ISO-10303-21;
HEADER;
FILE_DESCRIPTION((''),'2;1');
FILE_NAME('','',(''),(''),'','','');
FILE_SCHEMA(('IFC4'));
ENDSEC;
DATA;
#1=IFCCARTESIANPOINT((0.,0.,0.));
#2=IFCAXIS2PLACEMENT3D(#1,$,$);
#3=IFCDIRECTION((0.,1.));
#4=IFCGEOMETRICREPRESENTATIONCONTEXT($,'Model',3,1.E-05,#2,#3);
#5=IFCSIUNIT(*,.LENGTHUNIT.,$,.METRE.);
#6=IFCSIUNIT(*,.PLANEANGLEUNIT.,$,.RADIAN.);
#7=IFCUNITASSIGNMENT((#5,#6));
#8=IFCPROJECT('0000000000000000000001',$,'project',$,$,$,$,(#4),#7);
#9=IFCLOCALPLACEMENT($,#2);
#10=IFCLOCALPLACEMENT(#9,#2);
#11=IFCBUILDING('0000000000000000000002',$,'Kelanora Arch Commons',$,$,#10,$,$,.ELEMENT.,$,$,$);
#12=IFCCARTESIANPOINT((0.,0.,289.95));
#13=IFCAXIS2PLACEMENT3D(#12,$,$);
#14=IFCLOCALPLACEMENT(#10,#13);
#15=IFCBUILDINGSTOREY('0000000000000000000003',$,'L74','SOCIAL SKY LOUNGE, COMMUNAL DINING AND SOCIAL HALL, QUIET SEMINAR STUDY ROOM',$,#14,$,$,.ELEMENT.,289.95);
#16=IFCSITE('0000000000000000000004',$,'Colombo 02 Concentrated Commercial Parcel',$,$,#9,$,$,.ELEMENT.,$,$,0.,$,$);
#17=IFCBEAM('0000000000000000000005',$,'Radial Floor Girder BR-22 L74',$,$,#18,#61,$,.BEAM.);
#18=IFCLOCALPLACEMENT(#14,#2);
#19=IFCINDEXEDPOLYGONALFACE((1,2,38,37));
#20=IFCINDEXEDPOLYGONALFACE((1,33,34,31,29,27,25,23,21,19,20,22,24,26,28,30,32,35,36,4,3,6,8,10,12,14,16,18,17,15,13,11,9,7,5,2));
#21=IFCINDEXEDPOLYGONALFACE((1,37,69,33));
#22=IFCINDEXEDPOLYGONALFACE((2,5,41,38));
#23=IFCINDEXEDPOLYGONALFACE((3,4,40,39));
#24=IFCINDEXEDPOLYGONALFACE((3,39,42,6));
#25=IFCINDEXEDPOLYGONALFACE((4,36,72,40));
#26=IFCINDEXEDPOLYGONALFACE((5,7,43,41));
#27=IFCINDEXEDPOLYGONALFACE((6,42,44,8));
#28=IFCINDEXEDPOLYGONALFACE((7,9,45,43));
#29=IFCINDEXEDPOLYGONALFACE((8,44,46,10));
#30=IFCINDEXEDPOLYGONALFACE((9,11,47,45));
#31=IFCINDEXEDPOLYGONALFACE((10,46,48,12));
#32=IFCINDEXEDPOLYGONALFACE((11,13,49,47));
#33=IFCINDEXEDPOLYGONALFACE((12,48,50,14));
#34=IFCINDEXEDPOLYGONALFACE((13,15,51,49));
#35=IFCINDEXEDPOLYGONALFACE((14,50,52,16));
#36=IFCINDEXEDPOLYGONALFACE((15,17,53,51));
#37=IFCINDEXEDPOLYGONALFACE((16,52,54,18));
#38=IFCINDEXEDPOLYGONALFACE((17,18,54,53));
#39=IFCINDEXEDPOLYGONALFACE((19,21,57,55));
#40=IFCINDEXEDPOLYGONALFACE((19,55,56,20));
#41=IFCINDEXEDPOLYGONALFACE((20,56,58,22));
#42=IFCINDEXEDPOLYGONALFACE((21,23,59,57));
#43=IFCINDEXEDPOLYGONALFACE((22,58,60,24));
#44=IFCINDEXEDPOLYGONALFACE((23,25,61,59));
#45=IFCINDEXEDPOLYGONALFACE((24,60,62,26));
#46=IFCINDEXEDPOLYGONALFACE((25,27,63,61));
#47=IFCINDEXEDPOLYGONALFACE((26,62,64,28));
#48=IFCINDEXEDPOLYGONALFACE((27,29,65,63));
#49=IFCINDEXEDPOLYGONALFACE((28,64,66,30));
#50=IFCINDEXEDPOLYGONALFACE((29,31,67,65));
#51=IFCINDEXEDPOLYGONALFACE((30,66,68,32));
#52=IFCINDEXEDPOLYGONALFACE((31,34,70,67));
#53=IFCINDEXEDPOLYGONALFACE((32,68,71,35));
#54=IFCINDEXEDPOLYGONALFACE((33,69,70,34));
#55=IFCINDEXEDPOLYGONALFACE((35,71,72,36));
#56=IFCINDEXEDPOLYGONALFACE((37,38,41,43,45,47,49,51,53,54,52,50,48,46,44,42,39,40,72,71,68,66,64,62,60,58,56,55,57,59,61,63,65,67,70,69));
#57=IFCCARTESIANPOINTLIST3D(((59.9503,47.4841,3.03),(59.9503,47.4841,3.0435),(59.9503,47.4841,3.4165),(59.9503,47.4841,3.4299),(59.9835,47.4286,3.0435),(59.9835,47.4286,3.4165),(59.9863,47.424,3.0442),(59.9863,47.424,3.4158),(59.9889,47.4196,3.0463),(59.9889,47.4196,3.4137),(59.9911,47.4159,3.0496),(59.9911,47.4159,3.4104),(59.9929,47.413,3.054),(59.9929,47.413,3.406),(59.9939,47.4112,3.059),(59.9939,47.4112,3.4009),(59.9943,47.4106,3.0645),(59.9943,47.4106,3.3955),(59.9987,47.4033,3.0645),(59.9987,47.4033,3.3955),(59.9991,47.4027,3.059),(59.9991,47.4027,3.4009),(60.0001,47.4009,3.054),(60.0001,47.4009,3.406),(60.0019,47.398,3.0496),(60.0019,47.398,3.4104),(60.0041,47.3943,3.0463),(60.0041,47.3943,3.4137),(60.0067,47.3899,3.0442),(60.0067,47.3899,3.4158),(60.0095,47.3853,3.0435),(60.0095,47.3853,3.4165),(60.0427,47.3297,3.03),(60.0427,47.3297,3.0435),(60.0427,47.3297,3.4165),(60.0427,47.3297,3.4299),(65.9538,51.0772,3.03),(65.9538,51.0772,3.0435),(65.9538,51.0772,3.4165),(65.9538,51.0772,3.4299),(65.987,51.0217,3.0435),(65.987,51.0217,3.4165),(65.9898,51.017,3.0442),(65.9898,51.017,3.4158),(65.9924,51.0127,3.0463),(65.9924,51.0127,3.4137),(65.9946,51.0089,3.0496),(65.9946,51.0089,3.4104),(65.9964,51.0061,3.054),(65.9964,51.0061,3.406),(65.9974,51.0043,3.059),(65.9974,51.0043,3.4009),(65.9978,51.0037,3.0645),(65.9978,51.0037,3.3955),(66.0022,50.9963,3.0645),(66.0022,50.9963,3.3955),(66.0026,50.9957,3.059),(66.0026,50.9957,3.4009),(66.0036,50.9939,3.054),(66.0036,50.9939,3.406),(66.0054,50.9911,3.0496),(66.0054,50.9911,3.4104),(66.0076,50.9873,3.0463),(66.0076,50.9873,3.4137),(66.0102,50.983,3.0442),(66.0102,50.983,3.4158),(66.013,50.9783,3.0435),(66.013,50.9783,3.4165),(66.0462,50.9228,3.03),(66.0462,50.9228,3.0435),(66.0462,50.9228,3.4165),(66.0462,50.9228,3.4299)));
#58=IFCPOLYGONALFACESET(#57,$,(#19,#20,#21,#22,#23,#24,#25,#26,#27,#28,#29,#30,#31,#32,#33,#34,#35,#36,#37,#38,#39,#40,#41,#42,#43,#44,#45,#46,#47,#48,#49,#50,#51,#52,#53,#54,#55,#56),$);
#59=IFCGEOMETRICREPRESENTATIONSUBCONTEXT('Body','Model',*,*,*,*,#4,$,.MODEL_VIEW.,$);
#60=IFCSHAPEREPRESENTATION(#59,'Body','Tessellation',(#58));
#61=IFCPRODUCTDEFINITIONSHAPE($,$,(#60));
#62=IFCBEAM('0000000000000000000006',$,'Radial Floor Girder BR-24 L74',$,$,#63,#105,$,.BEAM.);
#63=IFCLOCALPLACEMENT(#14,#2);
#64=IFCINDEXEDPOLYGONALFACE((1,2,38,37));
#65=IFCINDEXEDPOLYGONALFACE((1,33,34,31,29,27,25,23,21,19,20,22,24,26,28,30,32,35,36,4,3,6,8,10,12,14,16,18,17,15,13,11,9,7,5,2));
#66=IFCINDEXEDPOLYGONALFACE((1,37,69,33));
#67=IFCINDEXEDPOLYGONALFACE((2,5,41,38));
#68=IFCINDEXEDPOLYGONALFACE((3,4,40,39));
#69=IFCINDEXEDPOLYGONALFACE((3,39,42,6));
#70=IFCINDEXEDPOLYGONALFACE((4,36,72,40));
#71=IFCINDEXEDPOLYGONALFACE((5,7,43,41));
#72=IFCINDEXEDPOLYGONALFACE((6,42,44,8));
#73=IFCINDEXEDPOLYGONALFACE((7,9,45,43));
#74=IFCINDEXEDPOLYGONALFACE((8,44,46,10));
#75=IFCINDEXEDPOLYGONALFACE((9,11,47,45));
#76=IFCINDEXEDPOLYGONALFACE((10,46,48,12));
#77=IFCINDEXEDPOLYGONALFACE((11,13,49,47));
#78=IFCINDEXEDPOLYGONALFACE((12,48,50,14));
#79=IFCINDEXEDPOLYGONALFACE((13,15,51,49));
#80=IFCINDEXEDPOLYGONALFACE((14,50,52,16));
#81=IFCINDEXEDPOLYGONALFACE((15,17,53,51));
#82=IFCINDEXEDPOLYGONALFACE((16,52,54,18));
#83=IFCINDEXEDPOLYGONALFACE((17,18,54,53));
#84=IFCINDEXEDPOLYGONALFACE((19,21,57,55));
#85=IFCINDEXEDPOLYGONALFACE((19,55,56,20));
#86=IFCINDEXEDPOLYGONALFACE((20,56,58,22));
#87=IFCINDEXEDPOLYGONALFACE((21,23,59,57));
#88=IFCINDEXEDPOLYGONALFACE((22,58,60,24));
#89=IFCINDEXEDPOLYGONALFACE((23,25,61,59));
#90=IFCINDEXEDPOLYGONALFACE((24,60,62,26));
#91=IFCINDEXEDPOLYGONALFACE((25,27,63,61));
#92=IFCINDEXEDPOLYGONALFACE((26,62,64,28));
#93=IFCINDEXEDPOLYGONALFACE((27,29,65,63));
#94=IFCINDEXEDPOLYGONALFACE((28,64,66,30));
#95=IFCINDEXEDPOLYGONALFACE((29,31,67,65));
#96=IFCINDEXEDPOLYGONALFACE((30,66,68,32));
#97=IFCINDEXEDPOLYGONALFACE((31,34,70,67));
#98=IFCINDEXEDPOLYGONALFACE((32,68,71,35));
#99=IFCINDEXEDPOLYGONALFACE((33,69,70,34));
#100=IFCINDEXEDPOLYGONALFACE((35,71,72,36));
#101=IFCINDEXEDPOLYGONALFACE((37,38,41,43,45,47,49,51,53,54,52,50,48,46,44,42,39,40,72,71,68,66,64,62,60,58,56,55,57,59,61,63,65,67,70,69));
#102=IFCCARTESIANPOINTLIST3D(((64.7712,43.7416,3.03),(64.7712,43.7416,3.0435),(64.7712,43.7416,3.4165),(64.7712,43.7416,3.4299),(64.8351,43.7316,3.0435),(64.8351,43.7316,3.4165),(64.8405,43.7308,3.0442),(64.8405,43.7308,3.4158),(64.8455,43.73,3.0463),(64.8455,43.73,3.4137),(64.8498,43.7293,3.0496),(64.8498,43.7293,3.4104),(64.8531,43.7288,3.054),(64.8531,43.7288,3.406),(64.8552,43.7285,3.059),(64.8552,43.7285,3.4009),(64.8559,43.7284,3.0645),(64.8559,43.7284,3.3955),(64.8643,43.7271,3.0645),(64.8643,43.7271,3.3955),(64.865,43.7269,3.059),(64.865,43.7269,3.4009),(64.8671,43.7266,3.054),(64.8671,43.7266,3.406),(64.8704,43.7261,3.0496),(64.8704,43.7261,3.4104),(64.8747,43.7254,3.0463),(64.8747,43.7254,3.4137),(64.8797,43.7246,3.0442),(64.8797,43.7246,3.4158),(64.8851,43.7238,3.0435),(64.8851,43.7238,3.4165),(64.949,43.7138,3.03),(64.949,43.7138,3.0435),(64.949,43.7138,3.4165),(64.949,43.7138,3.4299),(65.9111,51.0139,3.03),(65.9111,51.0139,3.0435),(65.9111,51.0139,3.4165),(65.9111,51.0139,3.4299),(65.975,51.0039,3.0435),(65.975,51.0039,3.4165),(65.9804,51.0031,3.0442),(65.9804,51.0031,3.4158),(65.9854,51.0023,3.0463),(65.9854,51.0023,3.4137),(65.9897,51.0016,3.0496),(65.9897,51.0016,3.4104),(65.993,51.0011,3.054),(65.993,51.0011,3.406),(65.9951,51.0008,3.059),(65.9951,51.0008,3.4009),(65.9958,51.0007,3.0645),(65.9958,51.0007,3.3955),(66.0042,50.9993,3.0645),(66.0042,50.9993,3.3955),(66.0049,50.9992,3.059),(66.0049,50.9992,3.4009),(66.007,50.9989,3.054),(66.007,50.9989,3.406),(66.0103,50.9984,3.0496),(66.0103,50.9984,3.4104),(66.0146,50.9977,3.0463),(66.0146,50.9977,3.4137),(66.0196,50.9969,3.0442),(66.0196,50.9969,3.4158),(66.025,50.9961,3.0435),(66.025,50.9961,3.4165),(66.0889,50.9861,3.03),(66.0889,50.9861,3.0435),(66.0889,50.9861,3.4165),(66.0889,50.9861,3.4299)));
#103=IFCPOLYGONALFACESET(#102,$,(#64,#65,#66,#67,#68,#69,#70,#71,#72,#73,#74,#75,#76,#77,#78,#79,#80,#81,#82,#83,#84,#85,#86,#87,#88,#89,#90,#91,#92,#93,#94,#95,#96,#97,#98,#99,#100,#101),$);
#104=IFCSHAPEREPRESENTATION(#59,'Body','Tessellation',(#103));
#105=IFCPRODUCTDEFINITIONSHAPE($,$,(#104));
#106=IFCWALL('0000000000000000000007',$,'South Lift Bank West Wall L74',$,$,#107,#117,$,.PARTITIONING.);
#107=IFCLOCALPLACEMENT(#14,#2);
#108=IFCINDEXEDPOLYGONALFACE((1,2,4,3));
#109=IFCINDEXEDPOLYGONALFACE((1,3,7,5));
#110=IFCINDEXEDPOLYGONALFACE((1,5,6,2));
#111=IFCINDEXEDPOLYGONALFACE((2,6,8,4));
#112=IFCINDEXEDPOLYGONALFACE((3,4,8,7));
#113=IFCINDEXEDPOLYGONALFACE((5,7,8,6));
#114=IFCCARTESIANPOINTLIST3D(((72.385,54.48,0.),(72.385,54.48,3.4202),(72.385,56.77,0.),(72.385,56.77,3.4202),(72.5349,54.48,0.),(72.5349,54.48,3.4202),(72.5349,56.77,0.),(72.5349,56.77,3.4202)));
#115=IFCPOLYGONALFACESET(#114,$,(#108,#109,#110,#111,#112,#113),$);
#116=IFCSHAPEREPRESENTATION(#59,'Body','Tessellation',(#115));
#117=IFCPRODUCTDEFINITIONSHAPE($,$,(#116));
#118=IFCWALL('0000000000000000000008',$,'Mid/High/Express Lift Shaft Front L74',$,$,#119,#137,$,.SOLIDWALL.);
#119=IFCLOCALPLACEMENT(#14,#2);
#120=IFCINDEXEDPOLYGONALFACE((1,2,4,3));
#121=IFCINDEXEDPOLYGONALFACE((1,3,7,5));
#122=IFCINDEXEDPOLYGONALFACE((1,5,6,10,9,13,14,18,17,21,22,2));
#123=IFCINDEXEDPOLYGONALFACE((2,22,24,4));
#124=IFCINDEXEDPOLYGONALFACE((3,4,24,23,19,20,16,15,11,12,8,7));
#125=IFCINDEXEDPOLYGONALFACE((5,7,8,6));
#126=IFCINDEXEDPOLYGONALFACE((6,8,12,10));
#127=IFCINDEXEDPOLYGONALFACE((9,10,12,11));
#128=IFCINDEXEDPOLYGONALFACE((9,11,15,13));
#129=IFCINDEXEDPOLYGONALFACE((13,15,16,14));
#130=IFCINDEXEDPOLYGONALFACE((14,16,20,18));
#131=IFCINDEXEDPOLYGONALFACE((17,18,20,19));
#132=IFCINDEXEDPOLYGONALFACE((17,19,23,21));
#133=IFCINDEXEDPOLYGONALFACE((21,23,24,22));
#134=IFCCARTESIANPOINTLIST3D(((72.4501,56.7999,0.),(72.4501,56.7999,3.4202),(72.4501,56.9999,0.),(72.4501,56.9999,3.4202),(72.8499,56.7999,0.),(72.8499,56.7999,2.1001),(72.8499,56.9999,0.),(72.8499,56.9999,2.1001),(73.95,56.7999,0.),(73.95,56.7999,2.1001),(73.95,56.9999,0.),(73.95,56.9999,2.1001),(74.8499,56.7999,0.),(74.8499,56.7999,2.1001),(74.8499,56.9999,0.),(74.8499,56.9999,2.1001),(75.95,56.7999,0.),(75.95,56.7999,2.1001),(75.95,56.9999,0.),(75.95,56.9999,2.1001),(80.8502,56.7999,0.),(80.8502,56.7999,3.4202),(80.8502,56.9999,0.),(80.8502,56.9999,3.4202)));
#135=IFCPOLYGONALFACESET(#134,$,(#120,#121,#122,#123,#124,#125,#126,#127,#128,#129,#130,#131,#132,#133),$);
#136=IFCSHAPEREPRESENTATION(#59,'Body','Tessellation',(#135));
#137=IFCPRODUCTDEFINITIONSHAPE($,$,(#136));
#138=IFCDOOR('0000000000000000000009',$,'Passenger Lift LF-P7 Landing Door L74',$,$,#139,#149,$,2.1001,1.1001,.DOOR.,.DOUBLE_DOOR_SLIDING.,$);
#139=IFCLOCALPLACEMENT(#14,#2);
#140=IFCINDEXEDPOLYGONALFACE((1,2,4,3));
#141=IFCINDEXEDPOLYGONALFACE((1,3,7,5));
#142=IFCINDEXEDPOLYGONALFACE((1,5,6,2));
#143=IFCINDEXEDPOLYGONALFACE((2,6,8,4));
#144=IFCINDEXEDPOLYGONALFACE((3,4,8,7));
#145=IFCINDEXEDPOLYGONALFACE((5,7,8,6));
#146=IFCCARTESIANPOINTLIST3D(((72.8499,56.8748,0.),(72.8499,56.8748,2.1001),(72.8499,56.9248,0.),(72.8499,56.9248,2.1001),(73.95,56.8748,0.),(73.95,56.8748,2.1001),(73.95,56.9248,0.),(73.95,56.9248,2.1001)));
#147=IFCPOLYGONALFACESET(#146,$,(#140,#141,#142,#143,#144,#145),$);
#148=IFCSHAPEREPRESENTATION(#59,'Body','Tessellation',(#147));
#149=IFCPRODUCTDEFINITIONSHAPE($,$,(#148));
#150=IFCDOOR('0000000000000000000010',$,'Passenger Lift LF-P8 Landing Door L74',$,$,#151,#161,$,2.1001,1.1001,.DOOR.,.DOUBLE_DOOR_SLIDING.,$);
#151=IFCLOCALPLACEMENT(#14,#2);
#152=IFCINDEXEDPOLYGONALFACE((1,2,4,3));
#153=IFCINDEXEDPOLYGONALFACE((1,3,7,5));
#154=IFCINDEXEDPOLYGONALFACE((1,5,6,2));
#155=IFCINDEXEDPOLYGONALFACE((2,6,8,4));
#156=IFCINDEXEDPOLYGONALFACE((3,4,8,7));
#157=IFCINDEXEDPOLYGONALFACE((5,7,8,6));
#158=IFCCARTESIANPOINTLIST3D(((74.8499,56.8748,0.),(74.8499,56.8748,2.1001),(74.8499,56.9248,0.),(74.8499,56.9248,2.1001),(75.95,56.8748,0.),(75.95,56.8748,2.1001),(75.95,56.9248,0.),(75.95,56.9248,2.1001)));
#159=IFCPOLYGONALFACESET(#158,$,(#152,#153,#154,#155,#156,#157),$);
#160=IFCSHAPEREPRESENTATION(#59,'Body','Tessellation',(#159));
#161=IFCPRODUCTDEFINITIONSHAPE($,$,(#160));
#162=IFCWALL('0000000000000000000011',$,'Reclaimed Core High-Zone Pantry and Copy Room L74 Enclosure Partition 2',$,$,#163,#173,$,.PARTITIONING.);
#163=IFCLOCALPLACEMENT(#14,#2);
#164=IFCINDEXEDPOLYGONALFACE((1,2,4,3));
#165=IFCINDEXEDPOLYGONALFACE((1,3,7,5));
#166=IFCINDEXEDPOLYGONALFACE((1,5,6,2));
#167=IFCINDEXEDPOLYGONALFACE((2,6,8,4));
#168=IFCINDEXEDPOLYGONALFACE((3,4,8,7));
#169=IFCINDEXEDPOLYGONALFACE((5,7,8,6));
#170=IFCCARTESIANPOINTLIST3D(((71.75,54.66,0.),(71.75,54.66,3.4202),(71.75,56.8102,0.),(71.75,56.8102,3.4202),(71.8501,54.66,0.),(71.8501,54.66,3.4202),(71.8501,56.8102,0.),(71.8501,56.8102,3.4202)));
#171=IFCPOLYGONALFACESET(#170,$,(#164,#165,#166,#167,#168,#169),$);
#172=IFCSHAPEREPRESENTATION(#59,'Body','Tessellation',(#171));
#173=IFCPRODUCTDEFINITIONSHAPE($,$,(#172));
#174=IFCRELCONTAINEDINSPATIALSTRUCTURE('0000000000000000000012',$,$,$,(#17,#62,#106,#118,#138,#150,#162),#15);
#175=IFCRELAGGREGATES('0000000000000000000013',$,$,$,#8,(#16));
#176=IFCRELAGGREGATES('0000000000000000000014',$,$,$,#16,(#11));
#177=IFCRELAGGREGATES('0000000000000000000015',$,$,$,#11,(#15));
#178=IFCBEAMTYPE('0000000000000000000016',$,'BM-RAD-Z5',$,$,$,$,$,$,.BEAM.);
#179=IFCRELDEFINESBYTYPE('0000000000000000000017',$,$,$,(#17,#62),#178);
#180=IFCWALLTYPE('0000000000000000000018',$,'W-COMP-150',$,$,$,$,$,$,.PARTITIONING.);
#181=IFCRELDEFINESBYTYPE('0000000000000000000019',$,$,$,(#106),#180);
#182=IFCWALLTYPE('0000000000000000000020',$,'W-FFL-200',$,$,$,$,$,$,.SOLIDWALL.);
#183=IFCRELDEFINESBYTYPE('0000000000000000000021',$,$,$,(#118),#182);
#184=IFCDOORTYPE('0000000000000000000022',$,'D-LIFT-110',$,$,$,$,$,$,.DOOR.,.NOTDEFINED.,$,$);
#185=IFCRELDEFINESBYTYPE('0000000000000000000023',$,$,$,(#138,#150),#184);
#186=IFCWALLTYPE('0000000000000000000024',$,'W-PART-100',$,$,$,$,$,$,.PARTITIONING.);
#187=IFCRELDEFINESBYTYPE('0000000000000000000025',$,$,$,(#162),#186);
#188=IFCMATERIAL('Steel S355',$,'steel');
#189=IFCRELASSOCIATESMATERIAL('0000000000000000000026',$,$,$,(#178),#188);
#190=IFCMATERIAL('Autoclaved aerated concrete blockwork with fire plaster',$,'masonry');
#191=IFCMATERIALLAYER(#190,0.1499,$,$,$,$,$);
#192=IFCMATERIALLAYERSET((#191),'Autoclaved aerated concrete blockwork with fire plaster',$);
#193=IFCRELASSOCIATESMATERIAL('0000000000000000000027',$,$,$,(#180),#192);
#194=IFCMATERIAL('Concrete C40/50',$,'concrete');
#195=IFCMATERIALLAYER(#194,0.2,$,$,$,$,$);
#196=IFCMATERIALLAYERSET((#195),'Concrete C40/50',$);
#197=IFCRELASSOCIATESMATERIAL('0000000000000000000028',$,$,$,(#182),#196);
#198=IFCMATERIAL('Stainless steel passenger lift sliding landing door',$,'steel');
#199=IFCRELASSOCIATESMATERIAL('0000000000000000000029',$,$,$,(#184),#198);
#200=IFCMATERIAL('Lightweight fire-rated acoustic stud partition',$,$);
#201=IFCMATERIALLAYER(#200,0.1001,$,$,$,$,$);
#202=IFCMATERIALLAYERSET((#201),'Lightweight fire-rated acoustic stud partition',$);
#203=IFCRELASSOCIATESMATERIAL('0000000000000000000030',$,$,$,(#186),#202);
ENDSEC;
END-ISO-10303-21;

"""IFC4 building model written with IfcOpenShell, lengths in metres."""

from ifc_helpers import new_model, si_unit, direction, frame, frame_2d, origin, origin_2d, place, context, subcontext, project, spatial, rectangle, i_section, extrude, material, layer, layer_set, material_profile, profile_set, type_object, element, fill, save


model = new_model("IFC4")

# Units and contexts
model_context = context("Model", 3, precision=1e-05, world=origin(), true_north=direction((0.0, 1.0)))
body_context = subcontext(model_context, "Body", "Model", "MODEL_VIEW")
ifc_project = project(units=[si_unit("LENGTHUNIT", "METRE"), si_unit("PLANEANGLEUNIT", "RADIAN")], contexts=[model_context])

# Site, building, storey
site_placement = place(None, origin())
site = spatial("IfcSite", under=ifc_project, at=site_placement, Name="Colombo 02 Concentrated Commercial Parcel", CompositionType="ELEMENT", RefElevation=0.0)
building_placement = place(site_placement, origin())
building = spatial("IfcBuilding", under=site, at=building_placement, Name="Kelanora Arch Commons", CompositionType="ELEMENT")
storey_placement = place(building_placement, frame((0.0, 0.0, 289.95)))
storey = spatial("IfcBuildingStorey", under=building, at=storey_placement, Name="L74", Description="SOCIAL SKY LOUNGE, COMMUNAL DINING AND SOCIAL HALL, QUIET SEMINAR STUDY ROOM", CompositionType="ELEMENT", Elevation=289.95)

# Beams
ifc_material_1 = material(Name="Steel S355", Category="steel")
ifc_material_profile_1 = material_profile(ifc_material_1, i_section(OverallWidth=0.1799, OverallDepth=0.3999, WebThickness=0.0085, FlangeThickness=0.0134, FilletRadius=0.021, at=origin_2d()), Name="IPE400")
ifc_profile_set_1 = profile_set([ifc_material_profile_1], Name="Steel S355")
beam_type_1 = type_object("IfcBeamType", Name="BM-RAD-Z5", PredefinedType="BEAM", material=ifc_profile_set_1)
beam_1_placement = place(storey_placement, frame((66.0, 51.0, 3.23), z_axis=(-0.858062, -0.513546, 0.0), x_axis=(0.513546, -0.858062, 0.0)))
element("IfcBeam", 1, at=beam_1_placement, inside=storey, type_object=beam_type_1, Name="Radial Floor Girder BR-22 L74", PredefinedType="BEAM", context=body_context, shape_type="SweptSolid", body=[
    extrude(i_section(OverallWidth=0.1799, OverallDepth=0.3999, WebThickness=0.0085, FlangeThickness=0.0134, FilletRadius=0.021, at=origin_2d()), origin(), (0.0, 0.0, 1.0), 6.9966),
])
beam_2_placement = place(storey_placement, frame((66.0, 51.0, 3.23), z_axis=(-0.154855, -0.987937, 0.0), x_axis=(0.987937, -0.154855, 0.0)))
element("IfcBeam", 2, at=beam_2_placement, inside=storey, type_object=beam_type_1, Name="Radial Floor Girder BR-24 L74", PredefinedType="BEAM", context=body_context, shape_type="SweptSolid", body=[
    extrude(i_section(OverallWidth=0.1799, OverallDepth=0.3999, WebThickness=0.0085, FlangeThickness=0.0134, FilletRadius=0.021, at=origin_2d()), origin(), (0.0, 0.0, 1.0), 7.3611),
])

# Wall
ifc_material_2 = material(Name="Autoclaved aerated concrete blockwork with fire plaster", Category="masonry")
ifc_layer_1 = layer(ifc_material_2, 0.1499)
ifc_layer_set_1 = layer_set([ifc_layer_1], Name="Autoclaved aerated concrete blockwork with fire plaster")
wall_type_1 = type_object("IfcWallType", Name="W-COMP-150", PredefinedType="PARTITIONING", material=ifc_layer_set_1)
wall_1_placement = place(storey_placement, frame((72.46, 54.48, 0.0), z_axis=(0.0, 0.0, 1.0), x_axis=(0.0, 1.0, 0.0)))
element("IfcWall", 3, at=wall_1_placement, inside=storey, type_object=wall_type_1, Name="South Lift Bank West Wall L74", PredefinedType="PARTITIONING", context=body_context, shape_type="SweptSolid", body=[
    extrude(rectangle(XDim=2.29, YDim=0.1499, at=frame_2d((1.145, 0.0))), origin(), (0.0, 0.0, 1.0), 3.4202),
])

# Wall, openings, doors
ifc_material_3 = material(Name="Concrete C40/50", Category="concrete")
ifc_layer_2 = layer(ifc_material_3, 0.2)
ifc_layer_set_2 = layer_set([ifc_layer_2], Name="Concrete C40/50")
wall_type_2 = type_object("IfcWallType", Name="W-FFL-200", PredefinedType="SOLIDWALL", material=ifc_layer_set_2)
wall_2_placement = place(storey_placement, frame((72.45, 56.8999, 0.0), z_axis=(0.0, 0.0, 1.0), x_axis=(1.0, 0.0, 0.0)))
wall_2 = element("IfcWall", 4, at=wall_2_placement, inside=storey, type_object=wall_type_2, Name="Mid/High/Express Lift Shaft Front L74", PredefinedType="SOLIDWALL", context=body_context, shape_type="SweptSolid", body=[
    extrude(rectangle(XDim=8.4001, YDim=0.2, at=frame_2d((4.2002, 0.0))), origin(), (0.0, 0.0, 1.0), 3.4202),
])
opening_1_placement = place(wall_2_placement, frame((0.3999, 0.0, 0.0)))
opening_1 = element("IfcOpeningElement", 5, at=opening_1_placement, cuts=wall_2, PredefinedType="OPENING", context=body_context, shape_type="SweptSolid", body=[
    extrude(rectangle(XDim=1.1001, YDim=2.1001, at=frame_2d((0.55, 1.05))), frame((0.0, 0.1099, 0.0), z_axis=(0.0, -1.0, 0.0), x_axis=(1.0, 0.0, 0.0)), (0.0, 0.0, 1.0), 0.22),
])
opening_2_placement = place(wall_2_placement, frame((2.3999, 0.0, 0.0)))
opening_2 = element("IfcOpeningElement", 6, at=opening_2_placement, cuts=wall_2, PredefinedType="OPENING", context=body_context, shape_type="SweptSolid", body=[
    extrude(rectangle(XDim=1.1001, YDim=2.1001, at=frame_2d((0.55, 1.05))), frame((0.0, 0.1099, 0.0), z_axis=(0.0, -1.0, 0.0), x_axis=(1.0, 0.0, 0.0)), (0.0, 0.0, 1.0), 0.22),
])
ifc_material_4 = material(Name="Stainless steel passenger lift sliding landing door", Category="steel")
door_type_1 = type_object("IfcDoorType", Name="D-LIFT-110", OperationType="NOTDEFINED", PredefinedType="DOOR", material=ifc_material_4)
door_1_placement = place(opening_1_placement, origin())
door_1 = element("IfcDoor", 7, at=door_1_placement, inside=storey, type_object=door_type_1, Name="Passenger Lift LF-P7 Landing Door L74", OperationType="DOUBLE_DOOR_SLIDING", OverallHeight=2.1001, OverallWidth=1.1001, PredefinedType="DOOR", context=body_context, shape_type="SweptSolid", body=[
    extrude(rectangle(XDim=1.1001, YDim=2.1001, at=frame_2d((0.55, 1.05))), frame((0.0, 0.0249, 0.0), z_axis=(0.0, -1.0, 0.0), x_axis=(1.0, 0.0, 0.0)), (0.0, 0.0, 1.0), 0.05),
])
fill(opening_1, door_1)
door_2_placement = place(opening_2_placement, origin())
door_2 = element("IfcDoor", 8, at=door_2_placement, inside=storey, type_object=door_type_1, Name="Passenger Lift LF-P8 Landing Door L74", OperationType="DOUBLE_DOOR_SLIDING", OverallHeight=2.1001, OverallWidth=1.1001, PredefinedType="DOOR", context=body_context, shape_type="SweptSolid", body=[
    extrude(rectangle(XDim=1.1001, YDim=2.1001, at=frame_2d((0.55, 1.05))), frame((0.0, 0.0249, 0.0), z_axis=(0.0, -1.0, 0.0), x_axis=(1.0, 0.0, 0.0)), (0.0, 0.0, 1.0), 0.05),
])
fill(opening_2, door_2)

# Wall
ifc_material_5 = material(Name="Lightweight fire-rated acoustic stud partition")
ifc_layer_3 = layer(ifc_material_5, 0.1001)
ifc_layer_set_3 = layer_set([ifc_layer_3], Name="Lightweight fire-rated acoustic stud partition")
wall_type_3 = type_object("IfcWallType", Name="W-PART-100", PredefinedType="PARTITIONING", material=ifc_layer_set_3)
wall_3_placement = place(storey_placement, frame((71.8, 54.6599, 0.0), z_axis=(0.0, 0.0, 1.0), x_axis=(0.0, 1.0, 0.0)))
element("IfcWall", 9, at=wall_3_placement, inside=storey, type_object=wall_type_3, Name="Reclaimed Core High-Zone Pantry and Copy Room L74 Enclosure Partition 2", PredefinedType="PARTITIONING", context=body_context, shape_type="SweptSolid", body=[
    extrude(rectangle(XDim=2.1501, YDim=0.1001, at=frame_2d((1.0752, 0.0))), origin(), (0.0, 0.0, 1.0), 3.4202),
])

save(model, "model.ifc")
